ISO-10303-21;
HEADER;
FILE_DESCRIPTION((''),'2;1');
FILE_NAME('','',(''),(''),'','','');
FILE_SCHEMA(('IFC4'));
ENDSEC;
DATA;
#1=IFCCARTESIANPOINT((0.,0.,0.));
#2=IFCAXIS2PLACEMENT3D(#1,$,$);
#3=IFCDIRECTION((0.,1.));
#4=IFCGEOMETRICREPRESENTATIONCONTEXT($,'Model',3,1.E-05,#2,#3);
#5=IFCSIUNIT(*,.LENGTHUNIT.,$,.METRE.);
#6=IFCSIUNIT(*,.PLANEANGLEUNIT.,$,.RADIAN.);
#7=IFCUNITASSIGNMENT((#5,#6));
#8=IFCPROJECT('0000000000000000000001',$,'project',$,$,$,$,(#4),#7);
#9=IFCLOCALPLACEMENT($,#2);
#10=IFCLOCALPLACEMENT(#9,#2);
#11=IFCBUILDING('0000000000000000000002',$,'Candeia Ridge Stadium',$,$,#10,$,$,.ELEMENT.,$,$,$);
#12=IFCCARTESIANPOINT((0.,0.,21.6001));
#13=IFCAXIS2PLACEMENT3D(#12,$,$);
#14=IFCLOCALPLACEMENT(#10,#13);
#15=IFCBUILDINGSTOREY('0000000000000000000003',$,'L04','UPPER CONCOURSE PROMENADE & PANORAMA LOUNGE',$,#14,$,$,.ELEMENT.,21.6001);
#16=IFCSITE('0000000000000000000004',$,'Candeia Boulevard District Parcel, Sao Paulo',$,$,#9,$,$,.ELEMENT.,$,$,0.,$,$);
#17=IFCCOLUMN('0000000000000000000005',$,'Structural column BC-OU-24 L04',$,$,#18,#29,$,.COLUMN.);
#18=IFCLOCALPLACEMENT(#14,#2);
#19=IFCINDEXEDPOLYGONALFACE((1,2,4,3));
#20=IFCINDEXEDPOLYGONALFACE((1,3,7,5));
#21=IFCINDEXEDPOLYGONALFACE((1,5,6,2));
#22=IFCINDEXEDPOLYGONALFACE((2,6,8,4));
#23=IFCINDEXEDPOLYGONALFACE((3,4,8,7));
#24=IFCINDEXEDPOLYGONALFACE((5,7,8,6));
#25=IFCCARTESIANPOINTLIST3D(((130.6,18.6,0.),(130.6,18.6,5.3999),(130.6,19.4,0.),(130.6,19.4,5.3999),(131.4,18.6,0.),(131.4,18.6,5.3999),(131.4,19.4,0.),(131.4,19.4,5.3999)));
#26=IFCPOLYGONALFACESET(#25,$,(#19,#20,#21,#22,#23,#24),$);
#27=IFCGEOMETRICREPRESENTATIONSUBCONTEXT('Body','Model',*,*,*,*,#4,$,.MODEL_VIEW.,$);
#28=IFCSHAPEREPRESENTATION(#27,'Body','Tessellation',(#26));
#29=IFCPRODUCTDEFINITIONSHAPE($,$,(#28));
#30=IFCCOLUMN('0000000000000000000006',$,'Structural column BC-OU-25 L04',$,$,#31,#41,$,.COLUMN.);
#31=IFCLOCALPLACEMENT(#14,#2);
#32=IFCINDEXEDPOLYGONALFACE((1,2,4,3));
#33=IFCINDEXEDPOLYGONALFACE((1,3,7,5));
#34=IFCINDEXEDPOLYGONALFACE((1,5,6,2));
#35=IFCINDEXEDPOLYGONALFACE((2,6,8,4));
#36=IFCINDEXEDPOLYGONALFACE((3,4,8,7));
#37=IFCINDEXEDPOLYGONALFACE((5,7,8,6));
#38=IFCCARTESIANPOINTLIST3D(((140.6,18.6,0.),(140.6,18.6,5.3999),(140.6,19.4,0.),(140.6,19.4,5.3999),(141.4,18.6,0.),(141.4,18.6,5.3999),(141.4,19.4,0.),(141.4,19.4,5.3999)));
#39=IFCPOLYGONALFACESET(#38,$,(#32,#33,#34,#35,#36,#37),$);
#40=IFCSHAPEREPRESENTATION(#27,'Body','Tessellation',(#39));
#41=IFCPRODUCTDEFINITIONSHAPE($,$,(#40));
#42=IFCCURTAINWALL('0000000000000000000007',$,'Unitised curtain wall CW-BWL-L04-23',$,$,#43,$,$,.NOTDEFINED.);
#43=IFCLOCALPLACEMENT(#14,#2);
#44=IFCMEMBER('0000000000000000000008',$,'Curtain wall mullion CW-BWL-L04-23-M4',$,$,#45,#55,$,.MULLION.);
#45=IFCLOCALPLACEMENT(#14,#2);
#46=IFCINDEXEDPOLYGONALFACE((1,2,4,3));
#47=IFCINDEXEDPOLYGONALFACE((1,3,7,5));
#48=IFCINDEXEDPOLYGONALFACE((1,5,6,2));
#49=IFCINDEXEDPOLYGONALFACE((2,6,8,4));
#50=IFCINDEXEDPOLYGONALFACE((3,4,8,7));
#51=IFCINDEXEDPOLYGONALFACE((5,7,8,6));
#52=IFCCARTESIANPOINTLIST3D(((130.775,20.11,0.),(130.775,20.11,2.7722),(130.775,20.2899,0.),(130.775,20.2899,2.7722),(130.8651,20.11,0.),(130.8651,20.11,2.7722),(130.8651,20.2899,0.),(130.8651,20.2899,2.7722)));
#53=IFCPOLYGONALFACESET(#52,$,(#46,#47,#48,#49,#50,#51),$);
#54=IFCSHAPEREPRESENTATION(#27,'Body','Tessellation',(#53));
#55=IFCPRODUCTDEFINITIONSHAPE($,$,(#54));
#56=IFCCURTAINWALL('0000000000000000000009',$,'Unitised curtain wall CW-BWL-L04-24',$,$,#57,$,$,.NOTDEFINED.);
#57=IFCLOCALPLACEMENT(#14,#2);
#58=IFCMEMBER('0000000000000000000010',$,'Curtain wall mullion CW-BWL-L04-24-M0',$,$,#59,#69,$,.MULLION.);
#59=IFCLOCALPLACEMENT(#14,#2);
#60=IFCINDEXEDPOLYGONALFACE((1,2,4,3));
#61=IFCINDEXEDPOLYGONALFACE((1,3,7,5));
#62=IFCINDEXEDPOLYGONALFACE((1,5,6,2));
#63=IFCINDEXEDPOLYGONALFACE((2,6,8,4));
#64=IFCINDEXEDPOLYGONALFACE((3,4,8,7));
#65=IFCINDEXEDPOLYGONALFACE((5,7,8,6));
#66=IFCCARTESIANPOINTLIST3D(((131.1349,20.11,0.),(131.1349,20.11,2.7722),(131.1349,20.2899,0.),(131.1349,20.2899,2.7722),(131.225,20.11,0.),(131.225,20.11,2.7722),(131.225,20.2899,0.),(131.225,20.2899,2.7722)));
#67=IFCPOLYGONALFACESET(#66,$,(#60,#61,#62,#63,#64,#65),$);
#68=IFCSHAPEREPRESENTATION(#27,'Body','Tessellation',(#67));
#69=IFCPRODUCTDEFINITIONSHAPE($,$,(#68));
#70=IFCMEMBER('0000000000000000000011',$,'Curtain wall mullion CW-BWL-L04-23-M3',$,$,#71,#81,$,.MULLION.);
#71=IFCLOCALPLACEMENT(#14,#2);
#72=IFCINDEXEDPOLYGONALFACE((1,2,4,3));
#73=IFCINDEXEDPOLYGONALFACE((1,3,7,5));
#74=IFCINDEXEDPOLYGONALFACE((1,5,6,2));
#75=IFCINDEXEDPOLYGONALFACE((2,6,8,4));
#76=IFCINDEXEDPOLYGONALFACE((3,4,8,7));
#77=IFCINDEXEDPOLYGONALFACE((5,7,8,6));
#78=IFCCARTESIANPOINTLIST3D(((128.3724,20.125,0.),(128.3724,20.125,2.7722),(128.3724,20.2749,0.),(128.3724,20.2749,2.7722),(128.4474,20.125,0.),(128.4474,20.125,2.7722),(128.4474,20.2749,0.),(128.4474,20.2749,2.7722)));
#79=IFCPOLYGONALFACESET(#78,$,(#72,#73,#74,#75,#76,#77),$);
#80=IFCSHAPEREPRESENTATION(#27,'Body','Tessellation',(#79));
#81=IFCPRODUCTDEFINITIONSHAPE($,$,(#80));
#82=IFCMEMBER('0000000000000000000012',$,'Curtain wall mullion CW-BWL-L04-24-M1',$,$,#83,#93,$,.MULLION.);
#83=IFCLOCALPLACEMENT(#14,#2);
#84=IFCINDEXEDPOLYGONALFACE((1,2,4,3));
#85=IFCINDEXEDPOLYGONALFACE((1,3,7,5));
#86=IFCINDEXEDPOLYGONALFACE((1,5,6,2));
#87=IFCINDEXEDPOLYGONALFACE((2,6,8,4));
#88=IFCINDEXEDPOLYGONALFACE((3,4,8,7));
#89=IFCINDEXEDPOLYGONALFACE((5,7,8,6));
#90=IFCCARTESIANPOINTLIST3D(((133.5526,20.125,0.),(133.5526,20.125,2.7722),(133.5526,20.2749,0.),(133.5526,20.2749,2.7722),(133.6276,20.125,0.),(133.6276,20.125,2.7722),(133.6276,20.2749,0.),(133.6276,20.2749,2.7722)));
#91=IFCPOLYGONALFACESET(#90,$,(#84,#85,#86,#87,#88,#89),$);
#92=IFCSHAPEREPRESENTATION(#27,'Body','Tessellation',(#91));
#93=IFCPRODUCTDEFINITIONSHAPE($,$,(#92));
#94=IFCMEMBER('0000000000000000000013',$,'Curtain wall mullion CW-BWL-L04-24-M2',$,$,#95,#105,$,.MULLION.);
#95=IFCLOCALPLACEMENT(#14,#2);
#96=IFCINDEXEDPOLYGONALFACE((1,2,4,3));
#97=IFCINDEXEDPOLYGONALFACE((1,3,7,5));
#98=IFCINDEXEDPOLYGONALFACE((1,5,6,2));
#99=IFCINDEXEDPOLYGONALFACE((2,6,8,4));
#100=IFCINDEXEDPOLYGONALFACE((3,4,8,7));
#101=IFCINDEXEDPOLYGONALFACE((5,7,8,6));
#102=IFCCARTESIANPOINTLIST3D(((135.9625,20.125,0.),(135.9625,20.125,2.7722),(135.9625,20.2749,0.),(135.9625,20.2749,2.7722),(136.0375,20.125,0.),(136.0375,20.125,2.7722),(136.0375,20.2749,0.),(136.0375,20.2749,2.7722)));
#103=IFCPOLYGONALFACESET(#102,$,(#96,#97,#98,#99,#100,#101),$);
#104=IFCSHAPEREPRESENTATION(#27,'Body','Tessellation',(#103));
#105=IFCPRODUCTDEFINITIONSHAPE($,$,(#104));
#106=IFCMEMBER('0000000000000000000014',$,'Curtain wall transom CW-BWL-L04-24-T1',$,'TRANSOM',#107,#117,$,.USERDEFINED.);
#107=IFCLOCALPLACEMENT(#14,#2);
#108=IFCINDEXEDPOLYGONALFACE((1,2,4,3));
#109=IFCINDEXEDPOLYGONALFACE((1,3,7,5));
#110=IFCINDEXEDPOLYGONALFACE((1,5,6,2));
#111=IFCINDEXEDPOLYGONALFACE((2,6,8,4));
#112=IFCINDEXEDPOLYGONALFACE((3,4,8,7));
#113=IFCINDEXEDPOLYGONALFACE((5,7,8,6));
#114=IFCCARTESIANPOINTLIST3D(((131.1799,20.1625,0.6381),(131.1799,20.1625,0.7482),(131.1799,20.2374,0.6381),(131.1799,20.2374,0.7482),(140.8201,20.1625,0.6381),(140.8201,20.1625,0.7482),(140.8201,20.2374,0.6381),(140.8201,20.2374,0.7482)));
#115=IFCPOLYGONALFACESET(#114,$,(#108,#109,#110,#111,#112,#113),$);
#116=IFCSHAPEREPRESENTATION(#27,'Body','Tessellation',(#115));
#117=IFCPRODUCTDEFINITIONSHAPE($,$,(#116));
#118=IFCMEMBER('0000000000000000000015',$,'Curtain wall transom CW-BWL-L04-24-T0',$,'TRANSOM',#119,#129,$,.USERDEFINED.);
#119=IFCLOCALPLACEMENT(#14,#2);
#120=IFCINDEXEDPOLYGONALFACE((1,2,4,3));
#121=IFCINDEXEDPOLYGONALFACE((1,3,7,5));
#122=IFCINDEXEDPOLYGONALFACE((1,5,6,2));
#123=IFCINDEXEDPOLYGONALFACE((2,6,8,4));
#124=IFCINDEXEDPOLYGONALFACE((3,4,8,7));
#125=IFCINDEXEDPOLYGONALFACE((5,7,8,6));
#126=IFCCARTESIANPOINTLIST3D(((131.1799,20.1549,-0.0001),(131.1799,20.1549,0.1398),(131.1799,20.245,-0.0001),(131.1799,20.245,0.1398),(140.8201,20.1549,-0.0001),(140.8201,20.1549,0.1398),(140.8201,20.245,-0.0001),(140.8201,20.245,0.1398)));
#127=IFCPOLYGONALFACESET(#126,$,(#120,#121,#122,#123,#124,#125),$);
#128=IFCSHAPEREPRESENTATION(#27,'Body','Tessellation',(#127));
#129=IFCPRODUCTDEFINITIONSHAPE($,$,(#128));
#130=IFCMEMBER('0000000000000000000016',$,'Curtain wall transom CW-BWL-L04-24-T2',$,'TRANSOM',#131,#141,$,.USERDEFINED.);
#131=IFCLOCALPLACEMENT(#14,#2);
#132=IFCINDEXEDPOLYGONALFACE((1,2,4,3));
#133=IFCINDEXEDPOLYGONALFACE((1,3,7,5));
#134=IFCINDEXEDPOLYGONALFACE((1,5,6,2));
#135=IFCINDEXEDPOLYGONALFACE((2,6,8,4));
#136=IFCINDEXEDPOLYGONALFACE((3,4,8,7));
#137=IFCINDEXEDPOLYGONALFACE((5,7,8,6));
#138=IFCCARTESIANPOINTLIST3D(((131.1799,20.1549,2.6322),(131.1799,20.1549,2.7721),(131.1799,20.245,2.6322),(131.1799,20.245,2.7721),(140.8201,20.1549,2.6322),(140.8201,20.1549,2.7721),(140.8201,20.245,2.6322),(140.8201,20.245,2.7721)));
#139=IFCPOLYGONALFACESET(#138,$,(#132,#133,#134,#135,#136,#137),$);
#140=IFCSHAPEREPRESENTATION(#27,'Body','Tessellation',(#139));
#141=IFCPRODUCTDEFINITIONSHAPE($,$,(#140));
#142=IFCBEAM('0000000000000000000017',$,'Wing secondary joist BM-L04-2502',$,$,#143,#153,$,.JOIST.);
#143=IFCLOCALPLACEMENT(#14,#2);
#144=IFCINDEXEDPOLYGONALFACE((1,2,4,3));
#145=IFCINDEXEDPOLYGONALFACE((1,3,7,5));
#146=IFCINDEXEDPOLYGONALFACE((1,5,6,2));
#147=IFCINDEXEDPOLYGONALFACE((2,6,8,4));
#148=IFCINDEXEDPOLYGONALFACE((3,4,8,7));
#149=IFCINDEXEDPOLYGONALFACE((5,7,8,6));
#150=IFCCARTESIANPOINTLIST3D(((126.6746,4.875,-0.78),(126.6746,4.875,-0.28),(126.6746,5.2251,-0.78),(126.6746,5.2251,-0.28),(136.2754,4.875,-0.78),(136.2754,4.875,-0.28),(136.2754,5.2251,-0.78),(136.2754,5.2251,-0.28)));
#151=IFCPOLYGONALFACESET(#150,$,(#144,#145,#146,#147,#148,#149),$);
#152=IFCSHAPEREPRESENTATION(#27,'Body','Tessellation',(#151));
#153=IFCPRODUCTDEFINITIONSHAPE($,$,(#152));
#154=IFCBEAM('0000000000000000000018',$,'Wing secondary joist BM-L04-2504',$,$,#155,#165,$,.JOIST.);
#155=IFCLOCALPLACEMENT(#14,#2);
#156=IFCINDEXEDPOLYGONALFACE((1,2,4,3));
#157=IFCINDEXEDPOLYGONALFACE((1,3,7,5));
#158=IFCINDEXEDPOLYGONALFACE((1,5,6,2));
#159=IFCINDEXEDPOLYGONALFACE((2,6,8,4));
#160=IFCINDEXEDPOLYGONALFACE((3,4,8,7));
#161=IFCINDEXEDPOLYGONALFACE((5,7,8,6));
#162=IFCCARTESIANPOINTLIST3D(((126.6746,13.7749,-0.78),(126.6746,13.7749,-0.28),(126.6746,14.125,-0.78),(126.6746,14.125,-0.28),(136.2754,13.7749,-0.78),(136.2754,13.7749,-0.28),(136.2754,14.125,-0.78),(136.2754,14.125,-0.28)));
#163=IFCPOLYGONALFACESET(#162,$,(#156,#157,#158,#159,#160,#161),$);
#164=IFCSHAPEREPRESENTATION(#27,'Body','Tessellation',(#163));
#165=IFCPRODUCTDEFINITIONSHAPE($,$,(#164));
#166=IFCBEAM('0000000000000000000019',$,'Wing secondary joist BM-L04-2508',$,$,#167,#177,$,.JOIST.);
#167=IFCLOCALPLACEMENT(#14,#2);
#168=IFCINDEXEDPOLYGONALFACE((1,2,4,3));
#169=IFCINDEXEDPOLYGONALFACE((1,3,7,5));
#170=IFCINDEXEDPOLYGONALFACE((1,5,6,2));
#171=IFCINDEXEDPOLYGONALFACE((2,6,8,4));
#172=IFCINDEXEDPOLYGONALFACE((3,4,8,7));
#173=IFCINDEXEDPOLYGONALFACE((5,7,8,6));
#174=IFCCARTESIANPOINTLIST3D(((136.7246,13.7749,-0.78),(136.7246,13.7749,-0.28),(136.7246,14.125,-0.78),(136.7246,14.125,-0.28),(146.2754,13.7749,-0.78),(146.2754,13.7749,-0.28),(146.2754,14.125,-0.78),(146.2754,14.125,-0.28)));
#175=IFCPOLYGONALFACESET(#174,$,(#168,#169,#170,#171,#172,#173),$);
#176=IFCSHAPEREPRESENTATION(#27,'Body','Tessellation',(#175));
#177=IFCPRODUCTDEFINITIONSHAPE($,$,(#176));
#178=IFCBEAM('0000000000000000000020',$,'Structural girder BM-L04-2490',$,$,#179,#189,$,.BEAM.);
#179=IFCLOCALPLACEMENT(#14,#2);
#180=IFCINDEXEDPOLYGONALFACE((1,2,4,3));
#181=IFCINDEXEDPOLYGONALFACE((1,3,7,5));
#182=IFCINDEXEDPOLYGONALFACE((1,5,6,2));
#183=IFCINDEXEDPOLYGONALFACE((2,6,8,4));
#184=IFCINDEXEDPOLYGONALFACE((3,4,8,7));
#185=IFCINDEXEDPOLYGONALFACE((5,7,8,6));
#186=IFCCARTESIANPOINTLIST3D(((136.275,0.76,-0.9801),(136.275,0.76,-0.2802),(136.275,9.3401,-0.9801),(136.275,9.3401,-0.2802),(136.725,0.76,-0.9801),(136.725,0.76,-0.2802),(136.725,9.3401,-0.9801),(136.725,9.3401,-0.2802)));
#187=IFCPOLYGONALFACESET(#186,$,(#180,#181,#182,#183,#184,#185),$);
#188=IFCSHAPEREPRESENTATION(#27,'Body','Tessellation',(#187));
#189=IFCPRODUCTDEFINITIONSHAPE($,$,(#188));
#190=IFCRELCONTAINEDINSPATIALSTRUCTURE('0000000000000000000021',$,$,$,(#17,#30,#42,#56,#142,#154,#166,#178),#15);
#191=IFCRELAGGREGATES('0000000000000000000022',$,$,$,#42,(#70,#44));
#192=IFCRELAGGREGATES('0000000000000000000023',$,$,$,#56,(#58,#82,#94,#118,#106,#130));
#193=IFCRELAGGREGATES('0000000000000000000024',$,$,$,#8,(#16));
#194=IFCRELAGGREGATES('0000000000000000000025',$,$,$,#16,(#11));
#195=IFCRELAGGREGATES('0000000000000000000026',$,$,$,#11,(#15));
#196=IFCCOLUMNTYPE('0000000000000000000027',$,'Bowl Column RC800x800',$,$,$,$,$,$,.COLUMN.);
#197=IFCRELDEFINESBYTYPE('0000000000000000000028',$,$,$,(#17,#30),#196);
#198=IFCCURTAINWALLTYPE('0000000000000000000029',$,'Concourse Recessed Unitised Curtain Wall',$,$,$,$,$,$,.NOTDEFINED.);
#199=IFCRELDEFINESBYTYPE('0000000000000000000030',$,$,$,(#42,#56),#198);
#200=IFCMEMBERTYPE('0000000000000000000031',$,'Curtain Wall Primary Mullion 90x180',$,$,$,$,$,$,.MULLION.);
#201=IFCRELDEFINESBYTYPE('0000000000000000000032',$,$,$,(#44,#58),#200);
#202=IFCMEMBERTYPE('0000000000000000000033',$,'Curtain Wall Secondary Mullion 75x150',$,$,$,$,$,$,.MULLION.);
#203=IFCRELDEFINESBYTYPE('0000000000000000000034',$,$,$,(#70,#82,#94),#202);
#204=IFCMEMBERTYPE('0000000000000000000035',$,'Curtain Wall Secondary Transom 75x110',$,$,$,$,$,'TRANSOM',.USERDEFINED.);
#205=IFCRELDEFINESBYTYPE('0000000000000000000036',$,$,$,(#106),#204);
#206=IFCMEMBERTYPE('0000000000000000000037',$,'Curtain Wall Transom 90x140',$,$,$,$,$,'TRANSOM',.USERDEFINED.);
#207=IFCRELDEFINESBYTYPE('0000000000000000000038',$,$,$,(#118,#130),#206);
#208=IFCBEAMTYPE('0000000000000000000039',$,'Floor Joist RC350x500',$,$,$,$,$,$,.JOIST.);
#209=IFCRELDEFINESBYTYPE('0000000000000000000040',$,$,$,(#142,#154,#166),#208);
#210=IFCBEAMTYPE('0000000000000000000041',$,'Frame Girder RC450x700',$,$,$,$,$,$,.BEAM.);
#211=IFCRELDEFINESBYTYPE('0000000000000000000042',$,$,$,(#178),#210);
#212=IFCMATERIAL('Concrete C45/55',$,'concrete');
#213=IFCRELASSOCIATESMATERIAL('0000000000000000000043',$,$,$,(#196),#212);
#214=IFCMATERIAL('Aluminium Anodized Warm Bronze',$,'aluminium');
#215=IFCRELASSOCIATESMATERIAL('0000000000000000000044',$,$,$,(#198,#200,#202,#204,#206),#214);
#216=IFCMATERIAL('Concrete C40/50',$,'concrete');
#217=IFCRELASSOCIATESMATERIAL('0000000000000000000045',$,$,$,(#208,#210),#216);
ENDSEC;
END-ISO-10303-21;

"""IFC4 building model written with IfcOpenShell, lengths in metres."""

from ifc_helpers import new_model, si_unit, direction, frame, origin, origin_2d, place, context, subcontext, project, spatial, rectangle, extrude, material, material_profile, profile_set, type_object, element, aggregate, save


model = new_model("IFC4")

# Units and contexts
model_context = context("Model", 3, precision=1e-05, world=origin(), true_north=direction((0.0, 1.0)))
body_context = subcontext(model_context, "Body", "Model", "MODEL_VIEW")
ifc_project = project(units=[si_unit("LENGTHUNIT", "METRE"), si_unit("PLANEANGLEUNIT", "RADIAN")], contexts=[model_context])

# Site, building, storey
site_placement = place(None, origin())
site = spatial("IfcSite", under=ifc_project, at=site_placement, Name="Candeia Boulevard District Parcel, Sao Paulo", CompositionType="ELEMENT", RefElevation=0.0)
building_placement = place(site_placement, origin())
building = spatial("IfcBuilding", under=site, at=building_placement, Name="Candeia Ridge Stadium", CompositionType="ELEMENT")
storey_placement = place(building_placement, frame((0.0, 0.0, 21.6001)))
storey = spatial("IfcBuildingStorey", under=building, at=storey_placement, Name="L04", Description="UPPER CONCOURSE PROMENADE & PANORAMA LOUNGE", CompositionType="ELEMENT", Elevation=21.6001)

# Columns
ifc_material_1 = material(Name="Concrete C45/55", Category="concrete")
ifc_material_profile_1 = material_profile(ifc_material_1, rectangle(XDim=0.8, YDim=0.8, at=origin_2d()), Name="RC800x800", Category="concrete")
ifc_profile_set_1 = profile_set([ifc_material_profile_1], Name="Concrete C45/55")
column_type = type_object("IfcColumnType", Name="Bowl Column RC800x800", PredefinedType="COLUMN", material=ifc_profile_set_1)
for number, where, z_axis, x_axis, name in (
    (1, (131.0, 19.0, 0.0), (0.0, 0.0, 1.0), (1.0, 0.0, 0.0), "Structural column BC-OU-24 L04"),
    (2, (141.0, 19.0, 0.0), (0.0, 0.0, 1.0), (1.0, 0.0, 0.0), "Structural column BC-OU-25 L04"),
):
    element("IfcColumn", number, at=place(storey_placement, frame(where, z_axis=z_axis, x_axis=x_axis)), inside=storey, type_object=column_type, Name=name, PredefinedType="COLUMN", context=body_context, shape_type="SweptSolid", body=[
        extrude(rectangle(XDim=0.8, YDim=0.8, at=origin_2d()), origin(), (0.0, 0.0, 1.0), 5.3999),
    ])

# Curtain walls, members
ifc_material_2 = material(Name="Aluminium Anodized Warm Bronze", Category="aluminium")
curtain_wall_type = type_object("IfcCurtainWallType", Name="Concourse Recessed Unitised Curtain Wall", PredefinedType="NOTDEFINED", material=ifc_material_2)
curtain_wall_1_placement = place(storey_placement, origin())
curtain_wall_1 = element("IfcCurtainWall", 3, at=curtain_wall_1_placement, inside=storey, type_object=curtain_wall_type, Name="Unitised curtain wall CW-BWL-L04-23", PredefinedType="NOTDEFINED")
ifc_material_profile_2 = material_profile(ifc_material_2, rectangle(XDim=0.0901, YDim=0.1799, at=origin_2d()), Name="CWM-90x180", Category="aluminium")
ifc_profile_set_2 = profile_set([ifc_material_profile_2], Name="Aluminium Anodized Warm Bronze")
member_type_1 = type_object("IfcMemberType", Name="Curtain Wall Primary Mullion 90x180", PredefinedType="MULLION", material=ifc_profile_set_2)
member_1_placement = place(storey_placement, frame((130.8201, 20.2, 0.0), z_axis=(0.0, 0.0, 1.0), x_axis=(1.0, 0.0, 0.0)))
member_1 = element("IfcMember", 4, at=member_1_placement, type_object=member_type_1, Name="Curtain wall mullion CW-BWL-L04-23-M4", PredefinedType="MULLION", context=body_context, shape_type="SweptSolid", body=[
    extrude(rectangle(XDim=0.0901, YDim=0.1799, at=origin_2d()), origin(), (0.0, 0.0, 1.0), 2.7722),
])
curtain_wall_2_placement = place(storey_placement, origin())
curtain_wall_2 = element("IfcCurtainWall", 5, at=curtain_wall_2_placement, inside=storey, type_object=curtain_wall_type, Name="Unitised curtain wall CW-BWL-L04-24", PredefinedType="NOTDEFINED")
member_2_placement = place(storey_placement, frame((131.1799, 20.2, 0.0), z_axis=(0.0, 0.0, 1.0), x_axis=(1.0, 0.0, 0.0)))
member_2 = element("IfcMember", 6, at=member_2_placement, type_object=member_type_1, Name="Curtain wall mullion CW-BWL-L04-24-M0", PredefinedType="MULLION", context=body_context, shape_type="SweptSolid", body=[
    extrude(rectangle(XDim=0.0901, YDim=0.1799, at=origin_2d()), origin(), (0.0, 0.0, 1.0), 2.7722),
])

# Members
ifc_material_profile_3 = material_profile(ifc_material_2, rectangle(XDim=0.075, YDim=0.1499, at=origin_2d()), Name="CWM-75x150", Category="aluminium")
ifc_profile_set_3 = profile_set([ifc_material_profile_3], Name="Aluminium Anodized Warm Bronze")
member_type_2 = type_object("IfcMemberType", Name="Curtain Wall Secondary Mullion 75x150", PredefinedType="MULLION", material=ifc_profile_set_3)
member_3_placement = place(storey_placement, frame((128.4099, 20.2, 0.0), z_axis=(0.0, 0.0, 1.0), x_axis=(1.0, 0.0, 0.0)))
member_3 = element("IfcMember", 7, at=member_3_placement, type_object=member_type_2, Name="Curtain wall mullion CW-BWL-L04-23-M3", PredefinedType="MULLION", context=body_context, shape_type="SweptSolid", body=[
    extrude(rectangle(XDim=0.075, YDim=0.1499, at=origin_2d()), origin(), (0.0, 0.0, 1.0), 2.7722),
])
member_4_placement = place(storey_placement, frame((133.5901, 20.2, 0.0), z_axis=(0.0, 0.0, 1.0), x_axis=(1.0, 0.0, 0.0)))
member_4 = element("IfcMember", 8, at=member_4_placement, type_object=member_type_2, Name="Curtain wall mullion CW-BWL-L04-24-M1", PredefinedType="MULLION", context=body_context, shape_type="SweptSolid", body=[
    extrude(rectangle(XDim=0.075, YDim=0.1499, at=origin_2d()), origin(), (0.0, 0.0, 1.0), 2.7722),
])
member_5_placement = place(storey_placement, frame((136.0, 20.2, 0.0), z_axis=(0.0, 0.0, 1.0), x_axis=(1.0, 0.0, 0.0)))
member_5 = element("IfcMember", 9, at=member_5_placement, type_object=member_type_2, Name="Curtain wall mullion CW-BWL-L04-24-M2", PredefinedType="MULLION", context=body_context, shape_type="SweptSolid", body=[
    extrude(rectangle(XDim=0.075, YDim=0.1499, at=origin_2d()), origin(), (0.0, 0.0, 1.0), 2.7722),
])
ifc_material_profile_4 = material_profile(ifc_material_2, rectangle(XDim=0.075, YDim=0.1101, at=origin_2d()), Name="CWT-75x110", Category="aluminium")
ifc_profile_set_4 = profile_set([ifc_material_profile_4], Name="Aluminium Anodized Warm Bronze")
member_type_3 = type_object("IfcMemberType", Name="Curtain Wall Secondary Transom 75x110", ElementType="TRANSOM", PredefinedType="USERDEFINED", material=ifc_profile_set_4)
member_6_placement = place(storey_placement, frame((131.1799, 20.2, 0.6931), z_axis=(1.0, 0.0, 0.0), x_axis=(0.0, 1.0, 0.0)))
member_6 = element("IfcMember", 10, at=member_6_placement, type_object=member_type_3, Name="Curtain wall transom CW-BWL-L04-24-T1", ObjectType="TRANSOM", PredefinedType="USERDEFINED", context=body_context, shape_type="SweptSolid", body=[
    extrude(rectangle(XDim=0.075, YDim=0.1101, at=origin_2d()), origin(), (0.0, 0.0, 1.0), 9.6401),
])
ifc_material_profile_5 = material_profile(ifc_material_2, rectangle(XDim=0.0901, YDim=0.1399, at=origin_2d()), Name="CWT-90x140", Category="aluminium")
ifc_profile_set_5 = profile_set([ifc_material_profile_5], Name="Aluminium Anodized Warm Bronze")
member_type_4 = type_object("IfcMemberType", Name="Curtain Wall Transom 90x140", ElementType="TRANSOM", PredefinedType="USERDEFINED", material=ifc_profile_set_5)
member_7_placement = place(storey_placement, frame((131.1799, 20.2, 0.0698), z_axis=(1.0, 0.0, 0.0), x_axis=(0.0, 1.0, 0.0)))
member_7 = element("IfcMember", 11, at=member_7_placement, type_object=member_type_4, Name="Curtain wall transom CW-BWL-L04-24-T0", ObjectType="TRANSOM", PredefinedType="USERDEFINED", context=body_context, shape_type="SweptSolid", body=[
    extrude(rectangle(XDim=0.0901, YDim=0.1399, at=origin_2d()), origin(), (0.0, 0.0, 1.0), 9.6401),
])
member_8_placement = place(storey_placement, frame((131.1799, 20.2, 2.7021), z_axis=(1.0, 0.0, 0.0), x_axis=(0.0, 1.0, 0.0)))
member_8 = element("IfcMember", 12, at=member_8_placement, type_object=member_type_4, Name="Curtain wall transom CW-BWL-L04-24-T2", ObjectType="TRANSOM", PredefinedType="USERDEFINED", context=body_context, shape_type="SweptSolid", body=[
    extrude(rectangle(XDim=0.0901, YDim=0.1399, at=origin_2d()), origin(), (0.0, 0.0, 1.0), 9.6401),
])

# Beams
ifc_material_3 = material(Name="Concrete C40/50", Category="concrete")
ifc_material_profile_6 = material_profile(ifc_material_3, rectangle(XDim=0.3501, YDim=0.5, at=origin_2d()), Name="RC350x500", Category="concrete")
ifc_profile_set_6 = profile_set([ifc_material_profile_6], Name="Concrete C40/50")
beam_type_1 = type_object("IfcBeamType", Name="Floor Joist RC350x500", PredefinedType="JOIST", material=ifc_profile_set_6)
for number, where, z_axis, x_axis, name in (
    (13, (126.6746, 5.05, -0.53), (1.0, 0.0, 0.0), (0.0, 1.0, 0.0), "Wing secondary joist BM-L04-2502"),
    (14, (126.6746, 13.95, -0.53), (1.0, 0.0, 0.0), (0.0, 1.0, 0.0), "Wing secondary joist BM-L04-2504"),
):
    element("IfcBeam", number, at=place(storey_placement, frame(where, z_axis=z_axis, x_axis=x_axis)), inside=storey, type_object=beam_type_1, Name=name, PredefinedType="JOIST", context=body_context, shape_type="SweptSolid", body=[
        extrude(rectangle(XDim=0.3501, YDim=0.5, at=origin_2d()), origin(), (0.0, 0.0, 1.0), 9.6008),
    ])
beam_1_placement = place(storey_placement, frame((136.7246, 13.95, -0.53), z_axis=(1.0, 0.0, 0.0), x_axis=(0.0, 1.0, 0.0)))
element("IfcBeam", 15, at=beam_1_placement, inside=storey, type_object=beam_type_1, Name="Wing secondary joist BM-L04-2508", PredefinedType="JOIST", context=body_context, shape_type="SweptSolid", body=[
    extrude(rectangle(XDim=0.3501, YDim=0.5, at=origin_2d()), origin(), (0.0, 0.0, 1.0), 9.5508),
])
ifc_material_profile_7 = material_profile(ifc_material_3, rectangle(XDim=0.45, YDim=0.7, at=origin_2d()), Name="RC450x700", Category="concrete")
ifc_profile_set_7 = profile_set([ifc_material_profile_7], Name="Concrete C40/50")
beam_type_2 = type_object("IfcBeamType", Name="Frame Girder RC450x700", PredefinedType="BEAM", material=ifc_profile_set_7)
for number, where, z_axis, x_axis, name in (
    (16, (136.5, 0.76, -0.6301), (0.0, 1.0, 0.0), (-1.0, 0.0, 0.0), "Structural girder BM-L04-2490"),
):
    element("IfcBeam", number, at=place(storey_placement, frame(where, z_axis=z_axis, x_axis=x_axis)), inside=storey, type_object=beam_type_2, Name=name, PredefinedType="BEAM", context=body_context, shape_type="SweptSolid", body=[
        extrude(rectangle(XDim=0.45, YDim=0.7, at=origin_2d()), origin(), (0.0, 0.0, 1.0), 8.5801),
    ])

aggregate(curtain_wall_1, [member_3, member_1])
aggregate(curtain_wall_2, [member_2, member_4, member_5, member_7, member_6, member_8])

save(model, "model.ifc")
